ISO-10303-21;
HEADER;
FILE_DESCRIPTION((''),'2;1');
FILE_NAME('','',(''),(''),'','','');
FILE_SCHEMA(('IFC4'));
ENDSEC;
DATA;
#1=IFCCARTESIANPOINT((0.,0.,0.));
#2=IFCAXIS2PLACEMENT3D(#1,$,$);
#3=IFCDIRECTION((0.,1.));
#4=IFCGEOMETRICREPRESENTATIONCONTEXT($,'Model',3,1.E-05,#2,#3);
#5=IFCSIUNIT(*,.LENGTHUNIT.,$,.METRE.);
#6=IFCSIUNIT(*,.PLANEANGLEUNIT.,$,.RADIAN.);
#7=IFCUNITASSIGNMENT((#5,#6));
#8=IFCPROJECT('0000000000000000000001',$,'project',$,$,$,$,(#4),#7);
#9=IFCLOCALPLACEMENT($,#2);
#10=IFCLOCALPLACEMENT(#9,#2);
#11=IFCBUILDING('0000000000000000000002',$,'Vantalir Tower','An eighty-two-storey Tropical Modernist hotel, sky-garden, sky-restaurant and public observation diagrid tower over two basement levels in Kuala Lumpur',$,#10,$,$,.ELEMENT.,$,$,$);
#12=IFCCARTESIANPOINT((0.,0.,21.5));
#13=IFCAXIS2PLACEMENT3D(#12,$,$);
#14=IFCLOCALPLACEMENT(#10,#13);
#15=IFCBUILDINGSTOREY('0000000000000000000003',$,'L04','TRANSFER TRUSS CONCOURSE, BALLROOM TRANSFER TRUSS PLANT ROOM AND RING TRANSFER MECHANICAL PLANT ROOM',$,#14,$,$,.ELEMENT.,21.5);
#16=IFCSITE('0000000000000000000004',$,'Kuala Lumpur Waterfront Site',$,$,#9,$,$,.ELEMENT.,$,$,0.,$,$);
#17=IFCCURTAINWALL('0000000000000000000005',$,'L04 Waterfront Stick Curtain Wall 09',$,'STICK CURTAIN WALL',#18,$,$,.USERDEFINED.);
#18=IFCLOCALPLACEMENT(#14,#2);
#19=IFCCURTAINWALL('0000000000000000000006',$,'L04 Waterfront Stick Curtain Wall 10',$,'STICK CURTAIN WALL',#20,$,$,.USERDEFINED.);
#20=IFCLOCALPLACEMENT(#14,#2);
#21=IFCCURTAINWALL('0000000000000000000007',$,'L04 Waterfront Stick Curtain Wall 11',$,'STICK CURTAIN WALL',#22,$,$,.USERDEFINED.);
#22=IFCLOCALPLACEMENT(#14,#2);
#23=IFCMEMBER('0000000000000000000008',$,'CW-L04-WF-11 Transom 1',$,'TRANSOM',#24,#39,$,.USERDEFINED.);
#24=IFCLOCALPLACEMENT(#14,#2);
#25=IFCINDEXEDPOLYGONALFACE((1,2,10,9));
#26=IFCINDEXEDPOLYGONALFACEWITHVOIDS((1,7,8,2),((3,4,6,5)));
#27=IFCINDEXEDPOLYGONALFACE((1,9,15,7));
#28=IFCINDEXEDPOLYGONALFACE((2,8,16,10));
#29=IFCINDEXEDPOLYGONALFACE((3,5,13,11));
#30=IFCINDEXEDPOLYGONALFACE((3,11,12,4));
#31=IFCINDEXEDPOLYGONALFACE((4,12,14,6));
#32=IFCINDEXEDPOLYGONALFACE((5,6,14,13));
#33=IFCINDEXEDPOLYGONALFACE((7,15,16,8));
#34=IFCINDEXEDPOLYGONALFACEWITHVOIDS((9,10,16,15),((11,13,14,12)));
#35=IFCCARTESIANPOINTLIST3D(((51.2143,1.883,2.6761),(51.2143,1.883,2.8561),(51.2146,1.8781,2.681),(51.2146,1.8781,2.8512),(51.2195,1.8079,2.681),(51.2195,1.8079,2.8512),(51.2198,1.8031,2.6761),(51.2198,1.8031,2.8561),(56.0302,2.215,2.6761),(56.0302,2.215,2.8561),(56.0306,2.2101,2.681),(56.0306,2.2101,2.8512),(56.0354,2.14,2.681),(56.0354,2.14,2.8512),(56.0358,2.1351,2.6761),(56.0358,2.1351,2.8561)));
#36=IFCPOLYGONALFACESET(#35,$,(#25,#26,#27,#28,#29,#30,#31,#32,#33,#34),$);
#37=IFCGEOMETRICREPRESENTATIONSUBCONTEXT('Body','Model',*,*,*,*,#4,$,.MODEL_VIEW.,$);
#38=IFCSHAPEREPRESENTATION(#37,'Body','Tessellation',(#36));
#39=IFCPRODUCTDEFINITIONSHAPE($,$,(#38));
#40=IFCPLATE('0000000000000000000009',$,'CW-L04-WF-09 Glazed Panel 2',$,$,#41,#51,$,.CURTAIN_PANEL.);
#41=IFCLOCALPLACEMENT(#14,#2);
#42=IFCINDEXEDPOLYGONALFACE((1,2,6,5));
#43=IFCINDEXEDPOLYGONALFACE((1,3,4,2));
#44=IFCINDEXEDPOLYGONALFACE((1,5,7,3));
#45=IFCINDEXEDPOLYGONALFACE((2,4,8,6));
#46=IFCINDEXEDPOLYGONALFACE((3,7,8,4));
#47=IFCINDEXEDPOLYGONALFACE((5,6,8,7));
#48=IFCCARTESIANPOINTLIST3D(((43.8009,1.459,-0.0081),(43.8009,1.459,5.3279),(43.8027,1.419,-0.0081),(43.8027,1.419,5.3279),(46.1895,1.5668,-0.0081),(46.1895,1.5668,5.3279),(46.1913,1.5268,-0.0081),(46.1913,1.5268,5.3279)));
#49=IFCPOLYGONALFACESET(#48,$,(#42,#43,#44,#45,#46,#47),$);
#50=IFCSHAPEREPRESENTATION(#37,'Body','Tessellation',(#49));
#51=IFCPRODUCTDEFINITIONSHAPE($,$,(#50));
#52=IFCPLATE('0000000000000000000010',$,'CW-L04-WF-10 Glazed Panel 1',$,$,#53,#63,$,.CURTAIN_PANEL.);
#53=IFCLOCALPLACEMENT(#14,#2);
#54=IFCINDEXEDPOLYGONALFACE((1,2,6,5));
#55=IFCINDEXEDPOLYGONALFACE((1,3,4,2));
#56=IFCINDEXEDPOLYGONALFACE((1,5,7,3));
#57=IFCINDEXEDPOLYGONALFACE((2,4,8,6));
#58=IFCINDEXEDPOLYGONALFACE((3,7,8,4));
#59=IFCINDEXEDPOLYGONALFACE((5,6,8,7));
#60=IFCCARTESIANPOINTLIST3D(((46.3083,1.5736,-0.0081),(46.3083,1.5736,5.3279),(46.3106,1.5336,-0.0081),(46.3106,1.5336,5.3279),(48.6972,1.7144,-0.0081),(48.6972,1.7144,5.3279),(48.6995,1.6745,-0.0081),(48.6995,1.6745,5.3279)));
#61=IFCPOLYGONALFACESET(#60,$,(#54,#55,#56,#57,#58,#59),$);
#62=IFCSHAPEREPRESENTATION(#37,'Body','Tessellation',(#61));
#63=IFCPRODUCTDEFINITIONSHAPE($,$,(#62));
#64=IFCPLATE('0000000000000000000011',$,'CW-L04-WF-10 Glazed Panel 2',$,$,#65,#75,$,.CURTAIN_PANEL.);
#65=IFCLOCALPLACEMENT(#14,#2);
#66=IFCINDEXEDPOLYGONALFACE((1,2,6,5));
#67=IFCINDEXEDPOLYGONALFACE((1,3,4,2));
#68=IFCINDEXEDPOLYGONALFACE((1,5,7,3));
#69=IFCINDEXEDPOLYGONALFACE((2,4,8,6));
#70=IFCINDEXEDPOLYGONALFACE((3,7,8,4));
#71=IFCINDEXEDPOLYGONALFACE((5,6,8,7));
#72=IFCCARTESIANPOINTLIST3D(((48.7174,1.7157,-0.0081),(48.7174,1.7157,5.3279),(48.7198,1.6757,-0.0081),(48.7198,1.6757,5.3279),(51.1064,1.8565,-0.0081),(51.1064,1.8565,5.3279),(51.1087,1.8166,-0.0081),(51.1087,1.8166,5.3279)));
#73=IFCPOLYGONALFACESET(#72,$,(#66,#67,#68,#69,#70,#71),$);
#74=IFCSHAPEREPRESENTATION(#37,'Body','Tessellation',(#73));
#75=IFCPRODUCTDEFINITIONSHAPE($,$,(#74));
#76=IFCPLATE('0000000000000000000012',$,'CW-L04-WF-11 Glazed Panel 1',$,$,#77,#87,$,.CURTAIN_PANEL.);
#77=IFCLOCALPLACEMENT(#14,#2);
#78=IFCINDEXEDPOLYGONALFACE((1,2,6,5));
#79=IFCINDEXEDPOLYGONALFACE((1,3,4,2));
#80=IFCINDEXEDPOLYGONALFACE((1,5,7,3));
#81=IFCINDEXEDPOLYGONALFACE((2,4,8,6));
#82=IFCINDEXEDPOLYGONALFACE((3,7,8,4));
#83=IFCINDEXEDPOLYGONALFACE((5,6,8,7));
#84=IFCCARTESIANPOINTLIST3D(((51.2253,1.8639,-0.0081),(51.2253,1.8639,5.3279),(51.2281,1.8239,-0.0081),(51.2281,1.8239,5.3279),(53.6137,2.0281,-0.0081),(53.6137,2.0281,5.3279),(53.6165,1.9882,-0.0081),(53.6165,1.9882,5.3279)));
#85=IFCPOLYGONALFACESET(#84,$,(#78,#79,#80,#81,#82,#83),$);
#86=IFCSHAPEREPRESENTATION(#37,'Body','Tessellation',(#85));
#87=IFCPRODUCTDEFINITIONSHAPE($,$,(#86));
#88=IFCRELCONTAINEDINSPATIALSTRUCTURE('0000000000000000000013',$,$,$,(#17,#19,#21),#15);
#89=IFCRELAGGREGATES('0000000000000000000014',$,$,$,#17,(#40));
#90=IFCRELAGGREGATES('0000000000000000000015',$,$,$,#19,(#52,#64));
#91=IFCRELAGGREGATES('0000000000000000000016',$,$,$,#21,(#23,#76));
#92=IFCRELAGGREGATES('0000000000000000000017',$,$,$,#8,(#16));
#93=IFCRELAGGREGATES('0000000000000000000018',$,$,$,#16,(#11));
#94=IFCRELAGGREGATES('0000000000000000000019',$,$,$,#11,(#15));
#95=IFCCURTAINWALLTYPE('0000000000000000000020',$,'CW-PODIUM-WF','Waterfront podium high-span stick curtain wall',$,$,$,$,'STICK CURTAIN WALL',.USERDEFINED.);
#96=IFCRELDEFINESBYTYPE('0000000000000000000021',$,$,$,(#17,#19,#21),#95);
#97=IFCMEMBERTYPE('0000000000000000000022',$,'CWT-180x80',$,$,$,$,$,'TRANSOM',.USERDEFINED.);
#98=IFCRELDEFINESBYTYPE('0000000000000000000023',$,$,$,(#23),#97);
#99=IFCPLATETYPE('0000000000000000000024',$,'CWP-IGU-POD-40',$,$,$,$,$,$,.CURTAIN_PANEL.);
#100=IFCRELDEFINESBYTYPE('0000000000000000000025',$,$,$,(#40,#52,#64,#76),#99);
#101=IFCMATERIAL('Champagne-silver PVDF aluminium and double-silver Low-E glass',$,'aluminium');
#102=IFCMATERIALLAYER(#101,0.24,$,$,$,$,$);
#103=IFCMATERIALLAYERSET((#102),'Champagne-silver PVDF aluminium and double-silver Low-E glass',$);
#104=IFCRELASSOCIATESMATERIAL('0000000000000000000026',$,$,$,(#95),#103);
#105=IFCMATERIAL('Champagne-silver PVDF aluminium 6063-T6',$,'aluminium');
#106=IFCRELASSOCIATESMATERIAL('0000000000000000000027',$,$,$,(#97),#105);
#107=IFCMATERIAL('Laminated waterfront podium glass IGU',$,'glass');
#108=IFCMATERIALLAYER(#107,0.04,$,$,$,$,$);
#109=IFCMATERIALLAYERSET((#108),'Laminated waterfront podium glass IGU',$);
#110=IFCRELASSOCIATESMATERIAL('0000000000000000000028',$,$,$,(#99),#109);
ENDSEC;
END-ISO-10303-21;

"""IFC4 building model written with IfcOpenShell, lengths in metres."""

from ifc_helpers import new_model, si_unit, direction, frame, origin, origin_2d, place, context, subcontext, project, spatial, rectangle, hollow_rectangle, extrude, material, layer, layer_set, material_profile, profile_set, type_object, element, aggregate, save


model = new_model("IFC4")

# Units and contexts
model_context = context("Model", 3, precision=1e-05, world=origin(), true_north=direction((0.0, 1.0)))
body_context = subcontext(model_context, "Body", "Model", "MODEL_VIEW")
ifc_project = project(units=[si_unit("LENGTHUNIT", "METRE"), si_unit("PLANEANGLEUNIT", "RADIAN")], contexts=[model_context])

# Site, building, storey
site_placement = place(None, origin())
site = spatial("IfcSite", under=ifc_project, at=site_placement, Name="Kuala Lumpur Waterfront Site", CompositionType="ELEMENT", RefElevation=0.0)
building_placement = place(site_placement, origin())
building = spatial("IfcBuilding", under=site, at=building_placement, Name="Vantalir Tower", Description="An eighty-two-storey Tropical Modernist hotel, sky-garden, sky-restaurant and public observation diagrid tower over two basement levels in Kuala Lumpur", CompositionType="ELEMENT")
storey_placement = place(building_placement, frame((0.0, 0.0, 21.5)))
storey = spatial("IfcBuildingStorey", under=building, at=storey_placement, Name="L04", Description="TRANSFER TRUSS CONCOURSE, BALLROOM TRANSFER TRUSS PLANT ROOM AND RING TRANSFER MECHANICAL PLANT ROOM", CompositionType="ELEMENT", Elevation=21.5)

# Curtain wall
ifc_material_1 = material(Name="Champagne-silver PVDF aluminium and double-silver Low-E glass", Category="aluminium")
ifc_layer_1 = layer(ifc_material_1, 0.24)
ifc_layer_set_1 = layer_set([ifc_layer_1], Name="Champagne-silver PVDF aluminium and double-silver Low-E glass")
curtain_wall_type = type_object("IfcCurtainWallType", Name="CW-PODIUM-WF", Description="Waterfront podium high-span stick curtain wall", ElementType="STICK CURTAIN WALL", PredefinedType="USERDEFINED", material=ifc_layer_set_1)
curtain_wall_1_placement = place(storey_placement, origin())
curtain_wall_1 = element("IfcCurtainWall", 1, at=curtain_wall_1_placement, inside=storey, type_object=curtain_wall_type, Name="L04 Waterfront Stick Curtain Wall 09", ObjectType="STICK CURTAIN WALL", PredefinedType="USERDEFINED")
ifc_material_2 = material(Name="Champagne-silver PVDF aluminium 6063-T6", Category="aluminium")

# Curtain walls
curtain_wall_2_placement = place(storey_placement, origin())
curtain_wall_2 = element("IfcCurtainWall", 2, at=curtain_wall_2_placement, inside=storey, type_object=curtain_wall_type, Name="L04 Waterfront Stick Curtain Wall 10", ObjectType="STICK CURTAIN WALL", PredefinedType="USERDEFINED")
curtain_wall_3_placement = place(storey_placement, origin())
curtain_wall_3 = element("IfcCurtainWall", 3, at=curtain_wall_3_placement, inside=storey, type_object=curtain_wall_type, Name="L04 Waterfront Stick Curtain Wall 11", ObjectType="STICK CURTAIN WALL", PredefinedType="USERDEFINED")

# Member
ifc_material_profile_1 = material_profile(ifc_material_2, hollow_rectangle(XDim=0.0801, YDim=0.1799, WallThickness=0.0049, at=origin_2d()), Name="Champagne-silver PVDF aluminium 6063-T6")
ifc_profile_set_1 = profile_set([ifc_material_profile_1], Name="Champagne-silver PVDF aluminium 6063-T6")
member_type_1 = type_object("IfcMemberType", Name="CWT-180x80", ElementType="TRANSOM", PredefinedType="USERDEFINED", material=ifc_profile_set_1)
member_1_placement = place(storey_placement, frame((51.217, 1.843, 2.7661), z_axis=(0.997632, 0.068781, 0.0), x_axis=(-0.068781, 0.997632, 0.0)))
member_1 = element("IfcMember", 4, at=member_1_placement, type_object=member_type_1, Name="CW-L04-WF-11 Transom 1", ObjectType="TRANSOM", PredefinedType="USERDEFINED", context=body_context, shape_type="SweptSolid", body=[
    extrude(hollow_rectangle(XDim=0.0801, YDim=0.1799, WallThickness=0.0049, at=origin_2d()), origin(), (0.0, 0.0, 1.0), 4.8274),
])

# Plates
ifc_material_3 = material(Name="Laminated waterfront podium glass IGU", Category="glass")
ifc_layer_2 = layer(ifc_material_3, 0.04)
ifc_layer_set_2 = layer_set([ifc_layer_2], Name="Laminated waterfront podium glass IGU")
plate_type = type_object("IfcPlateType", Name="CWP-IGU-POD-40", PredefinedType="CURTAIN_PANEL", material=ifc_layer_set_2)
plate_1_placement = place(storey_placement, frame((44.9961, 1.4929, -0.0081), z_axis=(0.0, 0.0, 1.0), x_axis=(0.998982, 0.045101, 0.0)))
plate_1 = element("IfcPlate", 5, at=plate_1_placement, type_object=plate_type, Name="CW-L04-WF-09 Glazed Panel 2", PredefinedType="CURTAIN_PANEL", context=body_context, shape_type="SweptSolid", body=[
    extrude(rectangle(XDim=2.3911, YDim=0.04, at=origin_2d()), origin(), (0.0, 0.0, 1.0), 5.3359),
])
aggregate(curtain_wall_1, [plate_1])
plate_2_placement = place(storey_placement, frame((47.5039, 1.624, -0.0081), z_axis=(0.0, 0.0, 1.0), x_axis=(0.998266, 0.058871, 0.0)))
plate_2 = element("IfcPlate", 6, at=plate_2_placement, type_object=plate_type, Name="CW-L04-WF-10 Glazed Panel 1", PredefinedType="CURTAIN_PANEL", context=body_context, shape_type="SweptSolid", body=[
    extrude(rectangle(XDim=2.3931, YDim=0.04, at=origin_2d()), origin(), (0.0, 0.0, 1.0), 5.3359),
])
plate_3_placement = place(storey_placement, frame((49.9131, 1.7661, -0.0081), z_axis=(0.0, 0.0, 1.0), x_axis=(0.998266, 0.058871, 0.0)))
plate_3 = element("IfcPlate", 7, at=plate_3_placement, type_object=plate_type, Name="CW-L04-WF-10 Glazed Panel 2", PredefinedType="CURTAIN_PANEL", context=body_context, shape_type="SweptSolid", body=[
    extrude(rectangle(XDim=2.3931, YDim=0.04, at=origin_2d()), origin(), (0.0, 0.0, 1.0), 5.3359),
])
aggregate(curtain_wall_2, [plate_2, plate_3])
plate_4_placement = place(storey_placement, frame((52.4209, 1.926, -0.0081), z_axis=(0.0, 0.0, 1.0), x_axis=(0.997645, 0.06859, 0.0)))
plate_4 = element("IfcPlate", 8, at=plate_4_placement, type_object=plate_type, Name="CW-L04-WF-11 Glazed Panel 1", PredefinedType="CURTAIN_PANEL", context=body_context, shape_type="SweptSolid", body=[
    extrude(rectangle(XDim=2.394, YDim=0.04, at=origin_2d()), origin(), (0.0, 0.0, 1.0), 5.3359),
])
aggregate(curtain_wall_3, [member_1, plate_4])

save(model, "model.ifc")
